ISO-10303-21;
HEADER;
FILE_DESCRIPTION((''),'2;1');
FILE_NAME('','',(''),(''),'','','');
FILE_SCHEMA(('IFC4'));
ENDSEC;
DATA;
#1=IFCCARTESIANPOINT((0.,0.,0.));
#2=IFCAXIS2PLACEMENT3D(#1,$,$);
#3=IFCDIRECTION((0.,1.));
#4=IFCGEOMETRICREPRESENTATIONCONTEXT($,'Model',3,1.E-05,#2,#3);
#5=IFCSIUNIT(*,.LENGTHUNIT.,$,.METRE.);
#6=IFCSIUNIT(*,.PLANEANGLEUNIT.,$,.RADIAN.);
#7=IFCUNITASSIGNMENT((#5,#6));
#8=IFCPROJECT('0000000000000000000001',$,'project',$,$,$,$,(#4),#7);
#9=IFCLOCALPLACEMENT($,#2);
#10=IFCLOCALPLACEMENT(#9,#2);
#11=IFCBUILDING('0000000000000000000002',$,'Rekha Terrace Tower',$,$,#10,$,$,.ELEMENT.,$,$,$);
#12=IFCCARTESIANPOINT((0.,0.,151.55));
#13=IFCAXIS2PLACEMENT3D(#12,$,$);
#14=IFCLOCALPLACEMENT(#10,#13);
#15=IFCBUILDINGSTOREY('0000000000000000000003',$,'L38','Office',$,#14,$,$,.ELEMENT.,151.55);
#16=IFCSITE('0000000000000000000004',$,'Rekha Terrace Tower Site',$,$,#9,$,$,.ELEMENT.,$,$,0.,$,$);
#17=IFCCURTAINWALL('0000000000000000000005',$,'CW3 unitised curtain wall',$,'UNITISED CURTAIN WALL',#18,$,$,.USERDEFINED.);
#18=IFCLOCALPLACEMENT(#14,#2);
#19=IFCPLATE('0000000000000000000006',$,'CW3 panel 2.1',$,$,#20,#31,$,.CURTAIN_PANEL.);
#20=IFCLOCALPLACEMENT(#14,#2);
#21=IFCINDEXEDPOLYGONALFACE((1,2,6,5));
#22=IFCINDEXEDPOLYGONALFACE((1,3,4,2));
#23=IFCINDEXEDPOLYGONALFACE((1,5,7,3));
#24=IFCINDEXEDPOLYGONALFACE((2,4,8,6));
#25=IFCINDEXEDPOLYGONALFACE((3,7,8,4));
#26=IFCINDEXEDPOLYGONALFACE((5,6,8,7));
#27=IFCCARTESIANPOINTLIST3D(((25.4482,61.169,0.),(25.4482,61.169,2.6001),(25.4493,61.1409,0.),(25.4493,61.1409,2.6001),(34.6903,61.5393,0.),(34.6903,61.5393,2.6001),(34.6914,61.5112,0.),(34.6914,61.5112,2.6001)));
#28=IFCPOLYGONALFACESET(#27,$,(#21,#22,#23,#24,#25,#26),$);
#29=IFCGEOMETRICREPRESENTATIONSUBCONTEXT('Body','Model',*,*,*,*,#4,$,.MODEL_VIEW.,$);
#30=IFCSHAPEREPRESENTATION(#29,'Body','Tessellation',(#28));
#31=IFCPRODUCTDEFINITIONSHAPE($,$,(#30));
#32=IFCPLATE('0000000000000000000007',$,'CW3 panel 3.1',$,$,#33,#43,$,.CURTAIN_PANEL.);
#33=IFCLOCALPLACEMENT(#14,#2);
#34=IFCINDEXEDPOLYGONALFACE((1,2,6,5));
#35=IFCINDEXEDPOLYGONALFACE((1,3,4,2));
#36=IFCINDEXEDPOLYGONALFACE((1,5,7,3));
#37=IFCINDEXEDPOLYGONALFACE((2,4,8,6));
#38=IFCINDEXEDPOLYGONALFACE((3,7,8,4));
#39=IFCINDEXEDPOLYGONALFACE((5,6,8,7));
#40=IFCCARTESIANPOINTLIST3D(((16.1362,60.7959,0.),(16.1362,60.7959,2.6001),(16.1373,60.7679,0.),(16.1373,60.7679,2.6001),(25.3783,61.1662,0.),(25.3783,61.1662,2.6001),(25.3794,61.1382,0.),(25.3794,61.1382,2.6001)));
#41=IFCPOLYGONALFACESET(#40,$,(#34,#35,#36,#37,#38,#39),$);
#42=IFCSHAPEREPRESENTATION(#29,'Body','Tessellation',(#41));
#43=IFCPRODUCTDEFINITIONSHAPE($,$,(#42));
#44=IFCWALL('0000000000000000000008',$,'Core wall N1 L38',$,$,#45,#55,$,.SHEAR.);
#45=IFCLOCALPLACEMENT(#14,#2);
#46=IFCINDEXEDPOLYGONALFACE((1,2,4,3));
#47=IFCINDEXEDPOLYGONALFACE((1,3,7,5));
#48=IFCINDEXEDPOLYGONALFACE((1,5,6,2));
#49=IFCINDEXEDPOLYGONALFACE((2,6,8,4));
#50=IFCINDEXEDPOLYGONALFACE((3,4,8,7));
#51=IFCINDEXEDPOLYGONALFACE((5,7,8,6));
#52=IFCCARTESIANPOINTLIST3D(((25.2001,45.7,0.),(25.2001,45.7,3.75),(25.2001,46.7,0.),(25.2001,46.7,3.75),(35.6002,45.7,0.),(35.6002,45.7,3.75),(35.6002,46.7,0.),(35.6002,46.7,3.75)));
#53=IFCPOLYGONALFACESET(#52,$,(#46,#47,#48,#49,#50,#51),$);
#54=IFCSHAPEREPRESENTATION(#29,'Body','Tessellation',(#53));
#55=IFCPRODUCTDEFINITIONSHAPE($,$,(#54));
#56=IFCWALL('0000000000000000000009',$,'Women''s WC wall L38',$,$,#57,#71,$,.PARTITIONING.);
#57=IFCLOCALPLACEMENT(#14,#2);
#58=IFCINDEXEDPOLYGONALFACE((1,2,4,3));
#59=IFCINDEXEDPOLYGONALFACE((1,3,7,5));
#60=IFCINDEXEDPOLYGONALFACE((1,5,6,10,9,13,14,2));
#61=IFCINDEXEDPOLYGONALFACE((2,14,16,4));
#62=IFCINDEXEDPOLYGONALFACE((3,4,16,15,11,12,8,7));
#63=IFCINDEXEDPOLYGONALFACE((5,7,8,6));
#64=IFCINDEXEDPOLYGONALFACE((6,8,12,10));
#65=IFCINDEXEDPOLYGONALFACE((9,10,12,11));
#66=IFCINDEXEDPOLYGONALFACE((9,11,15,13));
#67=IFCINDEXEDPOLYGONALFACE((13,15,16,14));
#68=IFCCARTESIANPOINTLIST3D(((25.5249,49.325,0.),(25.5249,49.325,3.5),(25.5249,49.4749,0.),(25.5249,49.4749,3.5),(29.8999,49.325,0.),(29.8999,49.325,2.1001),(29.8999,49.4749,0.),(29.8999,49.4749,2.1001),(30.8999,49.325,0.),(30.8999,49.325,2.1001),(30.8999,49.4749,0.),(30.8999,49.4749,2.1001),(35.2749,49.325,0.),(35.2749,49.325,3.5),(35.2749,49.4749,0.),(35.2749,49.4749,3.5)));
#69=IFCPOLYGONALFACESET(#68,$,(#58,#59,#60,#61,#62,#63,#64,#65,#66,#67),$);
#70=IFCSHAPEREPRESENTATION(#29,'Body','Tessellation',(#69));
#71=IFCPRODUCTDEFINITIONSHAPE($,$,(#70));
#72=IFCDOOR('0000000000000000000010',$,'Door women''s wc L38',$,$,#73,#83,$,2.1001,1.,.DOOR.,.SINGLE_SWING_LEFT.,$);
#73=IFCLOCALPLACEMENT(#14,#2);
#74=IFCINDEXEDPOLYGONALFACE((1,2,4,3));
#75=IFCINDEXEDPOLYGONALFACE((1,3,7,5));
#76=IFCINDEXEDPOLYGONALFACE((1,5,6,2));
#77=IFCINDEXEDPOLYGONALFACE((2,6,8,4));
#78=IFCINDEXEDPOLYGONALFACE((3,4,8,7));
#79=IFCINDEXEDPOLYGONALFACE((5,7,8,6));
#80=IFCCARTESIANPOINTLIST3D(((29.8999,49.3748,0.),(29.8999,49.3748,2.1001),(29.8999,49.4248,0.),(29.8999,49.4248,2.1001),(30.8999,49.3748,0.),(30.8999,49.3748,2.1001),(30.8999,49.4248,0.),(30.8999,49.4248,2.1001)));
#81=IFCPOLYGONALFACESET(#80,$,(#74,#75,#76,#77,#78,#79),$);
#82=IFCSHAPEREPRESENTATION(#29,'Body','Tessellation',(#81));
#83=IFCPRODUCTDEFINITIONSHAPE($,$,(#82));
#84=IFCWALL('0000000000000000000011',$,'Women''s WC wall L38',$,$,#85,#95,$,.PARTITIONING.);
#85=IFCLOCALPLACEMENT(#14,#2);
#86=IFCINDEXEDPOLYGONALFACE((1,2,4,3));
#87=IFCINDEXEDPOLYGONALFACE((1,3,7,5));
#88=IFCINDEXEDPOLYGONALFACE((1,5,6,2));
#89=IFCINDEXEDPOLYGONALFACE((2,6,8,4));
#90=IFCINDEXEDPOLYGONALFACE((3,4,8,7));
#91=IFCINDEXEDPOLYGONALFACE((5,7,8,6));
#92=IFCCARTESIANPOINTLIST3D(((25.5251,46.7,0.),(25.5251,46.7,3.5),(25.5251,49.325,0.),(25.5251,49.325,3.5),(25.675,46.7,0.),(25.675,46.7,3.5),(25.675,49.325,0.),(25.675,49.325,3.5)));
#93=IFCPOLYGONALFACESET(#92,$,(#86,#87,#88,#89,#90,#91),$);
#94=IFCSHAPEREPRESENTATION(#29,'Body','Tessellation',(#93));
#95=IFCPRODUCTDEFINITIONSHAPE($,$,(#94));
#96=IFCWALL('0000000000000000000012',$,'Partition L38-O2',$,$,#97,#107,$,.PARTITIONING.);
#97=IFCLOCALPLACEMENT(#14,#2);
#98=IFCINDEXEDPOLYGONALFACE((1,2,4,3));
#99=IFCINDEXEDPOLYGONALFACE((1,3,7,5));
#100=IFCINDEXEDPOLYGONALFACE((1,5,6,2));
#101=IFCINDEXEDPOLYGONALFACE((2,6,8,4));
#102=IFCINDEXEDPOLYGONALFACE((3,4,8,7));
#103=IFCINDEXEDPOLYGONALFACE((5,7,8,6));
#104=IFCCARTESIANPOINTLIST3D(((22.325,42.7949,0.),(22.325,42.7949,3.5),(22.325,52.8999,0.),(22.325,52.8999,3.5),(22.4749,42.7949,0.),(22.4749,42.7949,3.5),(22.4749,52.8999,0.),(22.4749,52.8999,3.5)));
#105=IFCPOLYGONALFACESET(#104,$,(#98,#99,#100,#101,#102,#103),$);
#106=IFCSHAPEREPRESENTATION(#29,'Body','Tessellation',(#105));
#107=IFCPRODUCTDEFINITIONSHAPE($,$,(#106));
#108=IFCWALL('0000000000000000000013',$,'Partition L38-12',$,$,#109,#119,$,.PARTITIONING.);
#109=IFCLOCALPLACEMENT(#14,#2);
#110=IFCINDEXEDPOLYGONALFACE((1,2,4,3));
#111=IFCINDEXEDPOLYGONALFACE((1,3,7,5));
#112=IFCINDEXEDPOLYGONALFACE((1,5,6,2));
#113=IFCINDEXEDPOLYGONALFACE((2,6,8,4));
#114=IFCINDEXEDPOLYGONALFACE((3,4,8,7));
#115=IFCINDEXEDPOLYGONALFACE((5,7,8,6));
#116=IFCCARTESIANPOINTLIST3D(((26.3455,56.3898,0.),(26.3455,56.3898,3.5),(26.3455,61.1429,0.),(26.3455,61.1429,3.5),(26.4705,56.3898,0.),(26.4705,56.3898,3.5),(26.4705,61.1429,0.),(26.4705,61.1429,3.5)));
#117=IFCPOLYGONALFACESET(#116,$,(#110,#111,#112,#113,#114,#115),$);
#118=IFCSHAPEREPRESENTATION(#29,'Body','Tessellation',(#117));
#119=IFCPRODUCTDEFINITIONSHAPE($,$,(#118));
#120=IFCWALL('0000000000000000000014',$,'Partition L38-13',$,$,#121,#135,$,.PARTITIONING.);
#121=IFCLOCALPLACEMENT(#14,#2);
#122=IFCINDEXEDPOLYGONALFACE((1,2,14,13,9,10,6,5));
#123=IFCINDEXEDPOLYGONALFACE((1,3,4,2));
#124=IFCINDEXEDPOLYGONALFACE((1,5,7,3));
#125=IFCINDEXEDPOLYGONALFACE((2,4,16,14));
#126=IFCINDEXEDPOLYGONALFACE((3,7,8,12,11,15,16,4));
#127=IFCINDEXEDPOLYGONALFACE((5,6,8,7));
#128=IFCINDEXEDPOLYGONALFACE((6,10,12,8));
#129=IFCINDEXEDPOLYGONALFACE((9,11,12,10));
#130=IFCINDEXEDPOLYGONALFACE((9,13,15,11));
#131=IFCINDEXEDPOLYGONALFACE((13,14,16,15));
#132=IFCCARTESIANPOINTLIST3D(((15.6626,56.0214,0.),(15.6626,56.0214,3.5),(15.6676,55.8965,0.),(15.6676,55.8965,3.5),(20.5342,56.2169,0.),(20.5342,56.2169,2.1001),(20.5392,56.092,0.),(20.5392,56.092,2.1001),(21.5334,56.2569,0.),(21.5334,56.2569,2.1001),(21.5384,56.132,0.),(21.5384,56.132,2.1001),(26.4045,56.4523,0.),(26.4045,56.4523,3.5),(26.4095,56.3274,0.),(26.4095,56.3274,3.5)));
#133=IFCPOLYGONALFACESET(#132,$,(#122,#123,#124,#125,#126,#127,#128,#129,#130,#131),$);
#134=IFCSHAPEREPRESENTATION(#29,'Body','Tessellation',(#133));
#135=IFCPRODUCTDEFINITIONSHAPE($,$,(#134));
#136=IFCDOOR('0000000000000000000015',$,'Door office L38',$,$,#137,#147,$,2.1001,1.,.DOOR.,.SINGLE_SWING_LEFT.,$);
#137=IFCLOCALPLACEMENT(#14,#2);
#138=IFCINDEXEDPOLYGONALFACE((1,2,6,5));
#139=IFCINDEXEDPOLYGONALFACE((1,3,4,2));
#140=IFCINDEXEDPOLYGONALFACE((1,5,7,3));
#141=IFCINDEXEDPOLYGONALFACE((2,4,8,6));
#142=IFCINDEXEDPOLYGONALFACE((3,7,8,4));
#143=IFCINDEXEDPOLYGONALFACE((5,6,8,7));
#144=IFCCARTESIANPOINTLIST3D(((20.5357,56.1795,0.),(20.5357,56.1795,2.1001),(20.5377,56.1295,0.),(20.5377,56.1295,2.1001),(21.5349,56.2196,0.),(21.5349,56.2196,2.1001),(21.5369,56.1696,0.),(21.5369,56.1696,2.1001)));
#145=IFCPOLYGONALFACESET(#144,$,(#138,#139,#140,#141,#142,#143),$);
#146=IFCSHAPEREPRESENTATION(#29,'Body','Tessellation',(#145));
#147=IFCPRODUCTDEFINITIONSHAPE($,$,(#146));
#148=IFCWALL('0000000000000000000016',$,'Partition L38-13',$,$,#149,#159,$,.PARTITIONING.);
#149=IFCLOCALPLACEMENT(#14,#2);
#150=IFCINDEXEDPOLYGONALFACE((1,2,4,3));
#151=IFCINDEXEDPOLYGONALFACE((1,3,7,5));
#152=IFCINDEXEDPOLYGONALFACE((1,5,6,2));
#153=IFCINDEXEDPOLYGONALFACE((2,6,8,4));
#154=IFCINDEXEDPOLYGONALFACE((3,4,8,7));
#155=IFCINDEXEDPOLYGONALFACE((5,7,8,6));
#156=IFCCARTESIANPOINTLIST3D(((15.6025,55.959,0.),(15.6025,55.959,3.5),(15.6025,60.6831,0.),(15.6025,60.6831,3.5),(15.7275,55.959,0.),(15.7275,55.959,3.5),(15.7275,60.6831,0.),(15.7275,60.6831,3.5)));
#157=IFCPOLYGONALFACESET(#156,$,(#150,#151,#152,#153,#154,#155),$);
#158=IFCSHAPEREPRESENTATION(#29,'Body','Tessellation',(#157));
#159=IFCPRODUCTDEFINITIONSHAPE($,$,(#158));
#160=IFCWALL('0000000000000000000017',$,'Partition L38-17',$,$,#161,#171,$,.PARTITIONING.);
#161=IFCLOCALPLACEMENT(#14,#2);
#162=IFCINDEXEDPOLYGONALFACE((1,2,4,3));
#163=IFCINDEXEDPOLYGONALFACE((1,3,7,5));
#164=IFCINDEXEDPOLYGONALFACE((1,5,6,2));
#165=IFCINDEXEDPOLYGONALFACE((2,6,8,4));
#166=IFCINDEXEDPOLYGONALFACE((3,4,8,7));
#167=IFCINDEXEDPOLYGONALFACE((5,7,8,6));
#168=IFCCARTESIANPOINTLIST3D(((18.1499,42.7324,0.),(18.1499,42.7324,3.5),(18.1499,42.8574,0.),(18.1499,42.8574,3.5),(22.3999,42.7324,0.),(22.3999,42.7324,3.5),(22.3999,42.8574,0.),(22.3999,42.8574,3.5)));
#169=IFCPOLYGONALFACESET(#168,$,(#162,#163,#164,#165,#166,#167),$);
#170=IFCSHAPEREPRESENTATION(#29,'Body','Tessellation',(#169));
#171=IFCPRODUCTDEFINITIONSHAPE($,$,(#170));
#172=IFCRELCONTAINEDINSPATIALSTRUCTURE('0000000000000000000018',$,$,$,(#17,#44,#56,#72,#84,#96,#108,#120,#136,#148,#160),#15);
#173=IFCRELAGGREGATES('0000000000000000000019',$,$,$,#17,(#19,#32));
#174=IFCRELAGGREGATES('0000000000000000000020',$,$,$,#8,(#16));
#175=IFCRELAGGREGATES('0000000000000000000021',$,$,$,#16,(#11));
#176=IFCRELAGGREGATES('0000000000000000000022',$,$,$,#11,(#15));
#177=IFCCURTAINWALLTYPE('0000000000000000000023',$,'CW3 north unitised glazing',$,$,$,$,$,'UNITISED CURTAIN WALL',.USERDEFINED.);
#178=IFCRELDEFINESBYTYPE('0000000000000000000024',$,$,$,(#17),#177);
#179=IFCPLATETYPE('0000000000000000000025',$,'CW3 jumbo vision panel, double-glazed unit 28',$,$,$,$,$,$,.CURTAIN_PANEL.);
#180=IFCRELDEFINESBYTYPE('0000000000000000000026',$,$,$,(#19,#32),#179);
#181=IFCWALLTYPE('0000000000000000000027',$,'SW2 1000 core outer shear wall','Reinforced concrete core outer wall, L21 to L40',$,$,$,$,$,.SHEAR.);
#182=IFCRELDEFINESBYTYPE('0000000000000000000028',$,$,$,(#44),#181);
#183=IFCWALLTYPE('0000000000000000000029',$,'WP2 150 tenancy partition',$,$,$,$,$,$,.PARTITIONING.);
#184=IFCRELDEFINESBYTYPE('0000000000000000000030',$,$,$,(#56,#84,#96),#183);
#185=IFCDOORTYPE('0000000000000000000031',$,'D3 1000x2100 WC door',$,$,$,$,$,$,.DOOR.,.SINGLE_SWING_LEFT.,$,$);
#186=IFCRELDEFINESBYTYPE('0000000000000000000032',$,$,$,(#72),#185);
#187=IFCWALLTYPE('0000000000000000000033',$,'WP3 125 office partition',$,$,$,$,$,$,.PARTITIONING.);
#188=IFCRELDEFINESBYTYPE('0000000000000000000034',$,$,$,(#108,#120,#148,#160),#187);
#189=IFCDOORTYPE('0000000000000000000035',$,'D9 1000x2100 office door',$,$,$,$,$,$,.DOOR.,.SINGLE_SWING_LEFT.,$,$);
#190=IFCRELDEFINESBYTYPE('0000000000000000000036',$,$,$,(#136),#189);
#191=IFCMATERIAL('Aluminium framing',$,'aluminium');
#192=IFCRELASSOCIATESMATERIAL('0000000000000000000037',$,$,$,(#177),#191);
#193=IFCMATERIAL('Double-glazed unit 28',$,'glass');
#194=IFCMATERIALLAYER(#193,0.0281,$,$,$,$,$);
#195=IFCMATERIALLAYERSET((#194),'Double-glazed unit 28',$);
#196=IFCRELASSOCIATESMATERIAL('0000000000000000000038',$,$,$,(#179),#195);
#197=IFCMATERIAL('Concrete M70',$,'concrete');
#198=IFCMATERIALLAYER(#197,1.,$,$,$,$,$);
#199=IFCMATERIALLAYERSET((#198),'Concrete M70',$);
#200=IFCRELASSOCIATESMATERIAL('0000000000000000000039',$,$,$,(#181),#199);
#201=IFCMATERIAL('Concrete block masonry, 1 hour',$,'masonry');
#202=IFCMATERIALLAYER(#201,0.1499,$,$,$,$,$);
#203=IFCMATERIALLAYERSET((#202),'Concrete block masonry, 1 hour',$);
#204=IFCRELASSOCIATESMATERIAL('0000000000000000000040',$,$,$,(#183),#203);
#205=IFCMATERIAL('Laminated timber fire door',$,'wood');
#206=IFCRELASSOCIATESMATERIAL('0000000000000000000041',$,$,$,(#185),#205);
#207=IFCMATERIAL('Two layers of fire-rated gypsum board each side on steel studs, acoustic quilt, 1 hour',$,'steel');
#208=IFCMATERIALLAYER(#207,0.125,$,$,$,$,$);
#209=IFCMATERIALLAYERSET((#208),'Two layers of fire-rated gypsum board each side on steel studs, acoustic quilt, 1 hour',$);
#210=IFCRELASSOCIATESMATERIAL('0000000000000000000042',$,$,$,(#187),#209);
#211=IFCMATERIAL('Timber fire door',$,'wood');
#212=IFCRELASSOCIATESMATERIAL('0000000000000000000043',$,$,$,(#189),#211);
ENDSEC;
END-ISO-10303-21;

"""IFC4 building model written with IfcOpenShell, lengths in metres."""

from ifc_helpers import new_model, si_unit, direction, frame, frame_2d, origin, origin_2d, place, context, subcontext, project, spatial, rectangle, extrude, material, layer, layer_set, type_object, element, fill, aggregate, save


model = new_model("IFC4")

# Units and contexts
model_context = context("Model", 3, precision=1e-05, world=origin(), true_north=direction((0.0, 1.0)))
body_context = subcontext(model_context, "Body", "Model", "MODEL_VIEW")
ifc_project = project(units=[si_unit("LENGTHUNIT", "METRE"), si_unit("PLANEANGLEUNIT", "RADIAN")], contexts=[model_context])

# Site, building, storey
site_placement = place(None, origin())
site = spatial("IfcSite", under=ifc_project, at=site_placement, Name="Rekha Terrace Tower Site", CompositionType="ELEMENT", RefElevation=0.0)
building_placement = place(site_placement, origin())
building = spatial("IfcBuilding", under=site, at=building_placement, Name="Rekha Terrace Tower", CompositionType="ELEMENT")
storey_placement = place(building_placement, frame((0.0, 0.0, 151.55)))
storey = spatial("IfcBuildingStorey", under=building, at=storey_placement, Name="L38", Description="Office", CompositionType="ELEMENT", Elevation=151.55)

# Shared definitions
ifc_material_1 = material(Name="Concrete M70", Category="concrete")

# Curtain wall, plates
ifc_material_2 = material(Name="Aluminium framing", Category="aluminium")
curtain_wall_type = type_object("IfcCurtainWallType", Name="CW3 north unitised glazing", ElementType="UNITISED CURTAIN WALL", PredefinedType="USERDEFINED", material=ifc_material_2)
curtain_wall_placement = place(storey_placement, origin())
curtain_wall = element("IfcCurtainWall", 1, at=curtain_wall_placement, inside=storey, type_object=curtain_wall_type, Name="CW3 unitised curtain wall", ObjectType="UNITISED CURTAIN WALL", PredefinedType="USERDEFINED")
ifc_material_3 = material(Name="Double-glazed unit 28", Category="glass")
ifc_layer_1 = layer(ifc_material_3, 0.0281)
ifc_layer_set_1 = layer_set([ifc_layer_1], Name="Double-glazed unit 28")
plate_type = type_object("IfcPlateType", Name="CW3 jumbo vision panel, double-glazed unit 28", PredefinedType="CURTAIN_PANEL", material=ifc_layer_set_1)
plate_1_placement = place(storey_placement, frame((30.0698, 61.3401, 0.0), z_axis=(0.0, 0.0, 1.0), x_axis=(-0.999198, -0.040032, 0.0)))
plate_1 = element("IfcPlate", 2, at=plate_1_placement, type_object=plate_type, Name="CW3 panel 2.1", PredefinedType="CURTAIN_PANEL", context=body_context, shape_type="SweptSolid", body=[
    extrude(rectangle(XDim=9.2495, YDim=0.0281, at=origin_2d()), origin(), (0.0, 0.0, 1.0), 2.6001),
])
plate_2_placement = place(storey_placement, frame((20.7578, 60.967, 0.0), z_axis=(0.0, 0.0, 1.0), x_axis=(-0.999198, -0.040032, 0.0)))
plate_2 = element("IfcPlate", 3, at=plate_2_placement, type_object=plate_type, Name="CW3 panel 3.1", PredefinedType="CURTAIN_PANEL", context=body_context, shape_type="SweptSolid", body=[
    extrude(rectangle(XDim=9.2495, YDim=0.0281, at=origin_2d()), origin(), (0.0, 0.0, 1.0), 2.6001),
])
aggregate(curtain_wall, [plate_1, plate_2])

# Wall
ifc_layer_2 = layer(ifc_material_1, 1.0)
ifc_layer_set_2 = layer_set([ifc_layer_2], Name="Concrete M70")
wall_type_1 = type_object("IfcWallType", Name="SW2 1000 core outer shear wall", Description="Reinforced concrete core outer wall, L21 to L40", PredefinedType="SHEAR", material=ifc_layer_set_2)
wall_1_placement = place(storey_placement, frame((25.2, 46.2, 0.0), z_axis=(0.0, 0.0, 1.0), x_axis=(1.0, 0.0, 0.0)))
element("IfcWall", 4, at=wall_1_placement, inside=storey, type_object=wall_type_1, Name="Core wall N1 L38", PredefinedType="SHEAR", context=body_context, shape_type="SweptSolid", body=[
    extrude(rectangle(XDim=10.4001, YDim=1.0, at=frame_2d((5.2002, 0.0))), origin(), (0.0, 0.0, 1.0), 3.75),
])

# Wall, opening, door
ifc_material_4 = material(Name="Concrete block masonry, 1 hour", Category="masonry")
ifc_layer_3 = layer(ifc_material_4, 0.1499)
ifc_layer_set_3 = layer_set([ifc_layer_3], Name="Concrete block masonry, 1 hour")
wall_type_2 = type_object("IfcWallType", Name="WP2 150 tenancy partition", PredefinedType="PARTITIONING", material=ifc_layer_set_3)
wall_2_placement = place(storey_placement, frame((25.5249, 49.3999, 0.0), z_axis=(0.0, 0.0, 1.0), x_axis=(1.0, 0.0, 0.0)))
wall_2 = element("IfcWall", 5, at=wall_2_placement, inside=storey, type_object=wall_type_2, Name="Women's WC wall L38", PredefinedType="PARTITIONING", context=body_context, shape_type="SweptSolid", body=[
    extrude(rectangle(XDim=9.75, YDim=0.1499, at=frame_2d((4.875, 0.0))), origin(), (0.0, 0.0, 1.0), 3.5),
])
opening_1_placement = place(wall_2_placement, frame((4.375, 0.0, 0.0)))
opening_1 = element("IfcOpeningElement", 6, at=opening_1_placement, cuts=wall_2, PredefinedType="OPENING", context=body_context, shape_type="SweptSolid", body=[
    extrude(rectangle(XDim=1.0, YDim=2.1001, at=frame_2d((0.5, 1.05))), frame((0.0, 0.085, 0.0), z_axis=(0.0, -1.0, 0.0), x_axis=(1.0, 0.0, 0.0)), (0.0, 0.0, 1.0), 0.1699),
])
ifc_material_5 = material(Name="Laminated timber fire door", Category="wood")
door_type_1 = type_object("IfcDoorType", Name="D3 1000x2100 WC door", OperationType="SINGLE_SWING_LEFT", PredefinedType="DOOR", material=ifc_material_5)
door_1_placement = place(opening_1_placement, origin())
door_1 = element("IfcDoor", 7, at=door_1_placement, inside=storey, type_object=door_type_1, Name="Door women's wc L38", OperationType="SINGLE_SWING_LEFT", OverallHeight=2.1001, OverallWidth=1.0, PredefinedType="DOOR", context=body_context, shape_type="SweptSolid", body=[
    extrude(rectangle(XDim=1.0, YDim=2.1001, at=frame_2d((0.5, 1.05))), frame((0.0, 0.0249, 0.0), z_axis=(0.0, -1.0, 0.0), x_axis=(1.0, 0.0, 0.0)), (0.0, 0.0, 1.0), 0.05),
])
fill(opening_1, door_1)

# Walls
wall_3_placement = place(storey_placement, frame((25.6001, 46.7, 0.0), z_axis=(0.0, 0.0, 1.0), x_axis=(0.0, 1.0, 0.0)))
element("IfcWall", 8, at=wall_3_placement, inside=storey, type_object=wall_type_2, Name="Women's WC wall L38", PredefinedType="PARTITIONING", context=body_context, shape_type="SweptSolid", body=[
    extrude(rectangle(XDim=2.625, YDim=0.1499, at=frame_2d((1.3125, 0.0))), origin(), (0.0, 0.0, 1.0), 3.5),
])
wall_4_placement = place(storey_placement, frame((22.3999, 52.8999, 0.0), z_axis=(0.0, 0.0, 1.0), x_axis=(0.0, -1.0, 0.0)))
element("IfcWall", 9, at=wall_4_placement, inside=storey, type_object=wall_type_2, Name="Partition L38-O2", PredefinedType="PARTITIONING", context=body_context, shape_type="SweptSolid", body=[
    extrude(rectangle(XDim=10.105, YDim=0.1499, at=frame_2d((5.0525, 0.0))), origin(), (0.0, 0.0, 1.0), 3.5),
])
ifc_material_6 = material(Name="Two layers of fire-rated gypsum board each side on steel studs, acoustic quilt, 1 hour", Category="steel")
ifc_layer_4 = layer(ifc_material_6, 0.125)
ifc_layer_set_4 = layer_set([ifc_layer_4], Name="Two layers of fire-rated gypsum board each side on steel studs, acoustic quilt, 1 hour")
wall_type_3 = type_object("IfcWallType", Name="WP3 125 office partition", PredefinedType="PARTITIONING", material=ifc_layer_set_4)
wall_5_placement = place(storey_placement, frame((26.408, 56.3899, 0.0), z_axis=(0.0, 0.0, 1.0), x_axis=(0.0, 1.0, 0.0)))
element("IfcWall", 10, at=wall_5_placement, inside=storey, type_object=wall_type_3, Name="Partition L38-12", PredefinedType="PARTITIONING", context=body_context, shape_type="SweptSolid", body=[
    extrude(rectangle(XDim=4.7532, YDim=0.125, at=frame_2d((2.3765, 0.0))), origin(), (0.0, 0.0, 1.0), 3.5),
])

# Wall, opening, door
wall_6_placement = place(storey_placement, frame((26.407, 56.3899, 0.0), z_axis=(0.0, 0.0, 1.0), x_axis=(-0.999196, -0.040082, 0.0)))
wall_6 = element("IfcWall", 11, at=wall_6_placement, inside=storey, type_object=wall_type_3, Name="Partition L38-13", PredefinedType="PARTITIONING", context=body_context, shape_type="SweptSolid", body=[
    extrude(rectangle(XDim=10.7505, YDim=0.125, at=frame_2d((5.3752, 0.0))), origin(), (0.0, 0.0, 1.0), 3.5),
])
opening_2_placement = place(wall_6_placement, frame((4.875, 0.0, 0.0)))
opening_2 = element("IfcOpeningElement", 12, at=opening_2_placement, cuts=wall_6, PredefinedType="OPENING", context=body_context, shape_type="SweptSolid", body=[
    extrude(rectangle(XDim=1.0, YDim=2.1001, at=frame_2d((0.5, 1.05))), frame((0.0, 0.0725, 0.0), z_axis=(0.0, -1.0, 0.0), x_axis=(1.0, 0.0, 0.0)), (0.0, 0.0, 1.0), 0.145),
])
ifc_material_7 = material(Name="Timber fire door", Category="wood")
door_type_2 = type_object("IfcDoorType", Name="D9 1000x2100 office door", OperationType="SINGLE_SWING_LEFT", PredefinedType="DOOR", material=ifc_material_7)
door_2_placement = place(opening_2_placement, origin())
door_2 = element("IfcDoor", 13, at=door_2_placement, inside=storey, type_object=door_type_2, Name="Door office L38", OperationType="SINGLE_SWING_LEFT", OverallHeight=2.1001, OverallWidth=1.0, PredefinedType="DOOR", context=body_context, shape_type="SweptSolid", body=[
    extrude(rectangle(XDim=1.0, YDim=2.1001, at=frame_2d((0.5, 1.05))), frame((0.0, 0.0249, 0.0), z_axis=(0.0, -1.0, 0.0), x_axis=(1.0, 0.0, 0.0)), (0.0, 0.0, 1.0), 0.05),
])
fill(opening_2, door_2)

# Walls
wall_7_placement = place(storey_placement, frame((15.665, 55.959, 0.0), z_axis=(0.0, 0.0, 1.0), x_axis=(0.0, 1.0, 0.0)))
element("IfcWall", 14, at=wall_7_placement, inside=storey, type_object=wall_type_3, Name="Partition L38-13", PredefinedType="PARTITIONING", context=body_context, shape_type="SweptSolid", body=[
    extrude(rectangle(XDim=4.7241, YDim=0.125, at=frame_2d((2.3621, 0.0))), origin(), (0.0, 0.0, 1.0), 3.5),
])
wall_8_placement = place(storey_placement, frame((18.1499, 42.7949, 0.0), z_axis=(0.0, 0.0, 1.0), x_axis=(1.0, 0.0, 0.0)))
element("IfcWall", 15, at=wall_8_placement, inside=storey, type_object=wall_type_3, Name="Partition L38-17", PredefinedType="PARTITIONING", context=body_context, shape_type="SweptSolid", body=[
    extrude(rectangle(XDim=4.25, YDim=0.125, at=frame_2d((2.125, 0.0))), origin(), (0.0, 0.0, 1.0), 3.5),
])

save(model, "model.ifc")
